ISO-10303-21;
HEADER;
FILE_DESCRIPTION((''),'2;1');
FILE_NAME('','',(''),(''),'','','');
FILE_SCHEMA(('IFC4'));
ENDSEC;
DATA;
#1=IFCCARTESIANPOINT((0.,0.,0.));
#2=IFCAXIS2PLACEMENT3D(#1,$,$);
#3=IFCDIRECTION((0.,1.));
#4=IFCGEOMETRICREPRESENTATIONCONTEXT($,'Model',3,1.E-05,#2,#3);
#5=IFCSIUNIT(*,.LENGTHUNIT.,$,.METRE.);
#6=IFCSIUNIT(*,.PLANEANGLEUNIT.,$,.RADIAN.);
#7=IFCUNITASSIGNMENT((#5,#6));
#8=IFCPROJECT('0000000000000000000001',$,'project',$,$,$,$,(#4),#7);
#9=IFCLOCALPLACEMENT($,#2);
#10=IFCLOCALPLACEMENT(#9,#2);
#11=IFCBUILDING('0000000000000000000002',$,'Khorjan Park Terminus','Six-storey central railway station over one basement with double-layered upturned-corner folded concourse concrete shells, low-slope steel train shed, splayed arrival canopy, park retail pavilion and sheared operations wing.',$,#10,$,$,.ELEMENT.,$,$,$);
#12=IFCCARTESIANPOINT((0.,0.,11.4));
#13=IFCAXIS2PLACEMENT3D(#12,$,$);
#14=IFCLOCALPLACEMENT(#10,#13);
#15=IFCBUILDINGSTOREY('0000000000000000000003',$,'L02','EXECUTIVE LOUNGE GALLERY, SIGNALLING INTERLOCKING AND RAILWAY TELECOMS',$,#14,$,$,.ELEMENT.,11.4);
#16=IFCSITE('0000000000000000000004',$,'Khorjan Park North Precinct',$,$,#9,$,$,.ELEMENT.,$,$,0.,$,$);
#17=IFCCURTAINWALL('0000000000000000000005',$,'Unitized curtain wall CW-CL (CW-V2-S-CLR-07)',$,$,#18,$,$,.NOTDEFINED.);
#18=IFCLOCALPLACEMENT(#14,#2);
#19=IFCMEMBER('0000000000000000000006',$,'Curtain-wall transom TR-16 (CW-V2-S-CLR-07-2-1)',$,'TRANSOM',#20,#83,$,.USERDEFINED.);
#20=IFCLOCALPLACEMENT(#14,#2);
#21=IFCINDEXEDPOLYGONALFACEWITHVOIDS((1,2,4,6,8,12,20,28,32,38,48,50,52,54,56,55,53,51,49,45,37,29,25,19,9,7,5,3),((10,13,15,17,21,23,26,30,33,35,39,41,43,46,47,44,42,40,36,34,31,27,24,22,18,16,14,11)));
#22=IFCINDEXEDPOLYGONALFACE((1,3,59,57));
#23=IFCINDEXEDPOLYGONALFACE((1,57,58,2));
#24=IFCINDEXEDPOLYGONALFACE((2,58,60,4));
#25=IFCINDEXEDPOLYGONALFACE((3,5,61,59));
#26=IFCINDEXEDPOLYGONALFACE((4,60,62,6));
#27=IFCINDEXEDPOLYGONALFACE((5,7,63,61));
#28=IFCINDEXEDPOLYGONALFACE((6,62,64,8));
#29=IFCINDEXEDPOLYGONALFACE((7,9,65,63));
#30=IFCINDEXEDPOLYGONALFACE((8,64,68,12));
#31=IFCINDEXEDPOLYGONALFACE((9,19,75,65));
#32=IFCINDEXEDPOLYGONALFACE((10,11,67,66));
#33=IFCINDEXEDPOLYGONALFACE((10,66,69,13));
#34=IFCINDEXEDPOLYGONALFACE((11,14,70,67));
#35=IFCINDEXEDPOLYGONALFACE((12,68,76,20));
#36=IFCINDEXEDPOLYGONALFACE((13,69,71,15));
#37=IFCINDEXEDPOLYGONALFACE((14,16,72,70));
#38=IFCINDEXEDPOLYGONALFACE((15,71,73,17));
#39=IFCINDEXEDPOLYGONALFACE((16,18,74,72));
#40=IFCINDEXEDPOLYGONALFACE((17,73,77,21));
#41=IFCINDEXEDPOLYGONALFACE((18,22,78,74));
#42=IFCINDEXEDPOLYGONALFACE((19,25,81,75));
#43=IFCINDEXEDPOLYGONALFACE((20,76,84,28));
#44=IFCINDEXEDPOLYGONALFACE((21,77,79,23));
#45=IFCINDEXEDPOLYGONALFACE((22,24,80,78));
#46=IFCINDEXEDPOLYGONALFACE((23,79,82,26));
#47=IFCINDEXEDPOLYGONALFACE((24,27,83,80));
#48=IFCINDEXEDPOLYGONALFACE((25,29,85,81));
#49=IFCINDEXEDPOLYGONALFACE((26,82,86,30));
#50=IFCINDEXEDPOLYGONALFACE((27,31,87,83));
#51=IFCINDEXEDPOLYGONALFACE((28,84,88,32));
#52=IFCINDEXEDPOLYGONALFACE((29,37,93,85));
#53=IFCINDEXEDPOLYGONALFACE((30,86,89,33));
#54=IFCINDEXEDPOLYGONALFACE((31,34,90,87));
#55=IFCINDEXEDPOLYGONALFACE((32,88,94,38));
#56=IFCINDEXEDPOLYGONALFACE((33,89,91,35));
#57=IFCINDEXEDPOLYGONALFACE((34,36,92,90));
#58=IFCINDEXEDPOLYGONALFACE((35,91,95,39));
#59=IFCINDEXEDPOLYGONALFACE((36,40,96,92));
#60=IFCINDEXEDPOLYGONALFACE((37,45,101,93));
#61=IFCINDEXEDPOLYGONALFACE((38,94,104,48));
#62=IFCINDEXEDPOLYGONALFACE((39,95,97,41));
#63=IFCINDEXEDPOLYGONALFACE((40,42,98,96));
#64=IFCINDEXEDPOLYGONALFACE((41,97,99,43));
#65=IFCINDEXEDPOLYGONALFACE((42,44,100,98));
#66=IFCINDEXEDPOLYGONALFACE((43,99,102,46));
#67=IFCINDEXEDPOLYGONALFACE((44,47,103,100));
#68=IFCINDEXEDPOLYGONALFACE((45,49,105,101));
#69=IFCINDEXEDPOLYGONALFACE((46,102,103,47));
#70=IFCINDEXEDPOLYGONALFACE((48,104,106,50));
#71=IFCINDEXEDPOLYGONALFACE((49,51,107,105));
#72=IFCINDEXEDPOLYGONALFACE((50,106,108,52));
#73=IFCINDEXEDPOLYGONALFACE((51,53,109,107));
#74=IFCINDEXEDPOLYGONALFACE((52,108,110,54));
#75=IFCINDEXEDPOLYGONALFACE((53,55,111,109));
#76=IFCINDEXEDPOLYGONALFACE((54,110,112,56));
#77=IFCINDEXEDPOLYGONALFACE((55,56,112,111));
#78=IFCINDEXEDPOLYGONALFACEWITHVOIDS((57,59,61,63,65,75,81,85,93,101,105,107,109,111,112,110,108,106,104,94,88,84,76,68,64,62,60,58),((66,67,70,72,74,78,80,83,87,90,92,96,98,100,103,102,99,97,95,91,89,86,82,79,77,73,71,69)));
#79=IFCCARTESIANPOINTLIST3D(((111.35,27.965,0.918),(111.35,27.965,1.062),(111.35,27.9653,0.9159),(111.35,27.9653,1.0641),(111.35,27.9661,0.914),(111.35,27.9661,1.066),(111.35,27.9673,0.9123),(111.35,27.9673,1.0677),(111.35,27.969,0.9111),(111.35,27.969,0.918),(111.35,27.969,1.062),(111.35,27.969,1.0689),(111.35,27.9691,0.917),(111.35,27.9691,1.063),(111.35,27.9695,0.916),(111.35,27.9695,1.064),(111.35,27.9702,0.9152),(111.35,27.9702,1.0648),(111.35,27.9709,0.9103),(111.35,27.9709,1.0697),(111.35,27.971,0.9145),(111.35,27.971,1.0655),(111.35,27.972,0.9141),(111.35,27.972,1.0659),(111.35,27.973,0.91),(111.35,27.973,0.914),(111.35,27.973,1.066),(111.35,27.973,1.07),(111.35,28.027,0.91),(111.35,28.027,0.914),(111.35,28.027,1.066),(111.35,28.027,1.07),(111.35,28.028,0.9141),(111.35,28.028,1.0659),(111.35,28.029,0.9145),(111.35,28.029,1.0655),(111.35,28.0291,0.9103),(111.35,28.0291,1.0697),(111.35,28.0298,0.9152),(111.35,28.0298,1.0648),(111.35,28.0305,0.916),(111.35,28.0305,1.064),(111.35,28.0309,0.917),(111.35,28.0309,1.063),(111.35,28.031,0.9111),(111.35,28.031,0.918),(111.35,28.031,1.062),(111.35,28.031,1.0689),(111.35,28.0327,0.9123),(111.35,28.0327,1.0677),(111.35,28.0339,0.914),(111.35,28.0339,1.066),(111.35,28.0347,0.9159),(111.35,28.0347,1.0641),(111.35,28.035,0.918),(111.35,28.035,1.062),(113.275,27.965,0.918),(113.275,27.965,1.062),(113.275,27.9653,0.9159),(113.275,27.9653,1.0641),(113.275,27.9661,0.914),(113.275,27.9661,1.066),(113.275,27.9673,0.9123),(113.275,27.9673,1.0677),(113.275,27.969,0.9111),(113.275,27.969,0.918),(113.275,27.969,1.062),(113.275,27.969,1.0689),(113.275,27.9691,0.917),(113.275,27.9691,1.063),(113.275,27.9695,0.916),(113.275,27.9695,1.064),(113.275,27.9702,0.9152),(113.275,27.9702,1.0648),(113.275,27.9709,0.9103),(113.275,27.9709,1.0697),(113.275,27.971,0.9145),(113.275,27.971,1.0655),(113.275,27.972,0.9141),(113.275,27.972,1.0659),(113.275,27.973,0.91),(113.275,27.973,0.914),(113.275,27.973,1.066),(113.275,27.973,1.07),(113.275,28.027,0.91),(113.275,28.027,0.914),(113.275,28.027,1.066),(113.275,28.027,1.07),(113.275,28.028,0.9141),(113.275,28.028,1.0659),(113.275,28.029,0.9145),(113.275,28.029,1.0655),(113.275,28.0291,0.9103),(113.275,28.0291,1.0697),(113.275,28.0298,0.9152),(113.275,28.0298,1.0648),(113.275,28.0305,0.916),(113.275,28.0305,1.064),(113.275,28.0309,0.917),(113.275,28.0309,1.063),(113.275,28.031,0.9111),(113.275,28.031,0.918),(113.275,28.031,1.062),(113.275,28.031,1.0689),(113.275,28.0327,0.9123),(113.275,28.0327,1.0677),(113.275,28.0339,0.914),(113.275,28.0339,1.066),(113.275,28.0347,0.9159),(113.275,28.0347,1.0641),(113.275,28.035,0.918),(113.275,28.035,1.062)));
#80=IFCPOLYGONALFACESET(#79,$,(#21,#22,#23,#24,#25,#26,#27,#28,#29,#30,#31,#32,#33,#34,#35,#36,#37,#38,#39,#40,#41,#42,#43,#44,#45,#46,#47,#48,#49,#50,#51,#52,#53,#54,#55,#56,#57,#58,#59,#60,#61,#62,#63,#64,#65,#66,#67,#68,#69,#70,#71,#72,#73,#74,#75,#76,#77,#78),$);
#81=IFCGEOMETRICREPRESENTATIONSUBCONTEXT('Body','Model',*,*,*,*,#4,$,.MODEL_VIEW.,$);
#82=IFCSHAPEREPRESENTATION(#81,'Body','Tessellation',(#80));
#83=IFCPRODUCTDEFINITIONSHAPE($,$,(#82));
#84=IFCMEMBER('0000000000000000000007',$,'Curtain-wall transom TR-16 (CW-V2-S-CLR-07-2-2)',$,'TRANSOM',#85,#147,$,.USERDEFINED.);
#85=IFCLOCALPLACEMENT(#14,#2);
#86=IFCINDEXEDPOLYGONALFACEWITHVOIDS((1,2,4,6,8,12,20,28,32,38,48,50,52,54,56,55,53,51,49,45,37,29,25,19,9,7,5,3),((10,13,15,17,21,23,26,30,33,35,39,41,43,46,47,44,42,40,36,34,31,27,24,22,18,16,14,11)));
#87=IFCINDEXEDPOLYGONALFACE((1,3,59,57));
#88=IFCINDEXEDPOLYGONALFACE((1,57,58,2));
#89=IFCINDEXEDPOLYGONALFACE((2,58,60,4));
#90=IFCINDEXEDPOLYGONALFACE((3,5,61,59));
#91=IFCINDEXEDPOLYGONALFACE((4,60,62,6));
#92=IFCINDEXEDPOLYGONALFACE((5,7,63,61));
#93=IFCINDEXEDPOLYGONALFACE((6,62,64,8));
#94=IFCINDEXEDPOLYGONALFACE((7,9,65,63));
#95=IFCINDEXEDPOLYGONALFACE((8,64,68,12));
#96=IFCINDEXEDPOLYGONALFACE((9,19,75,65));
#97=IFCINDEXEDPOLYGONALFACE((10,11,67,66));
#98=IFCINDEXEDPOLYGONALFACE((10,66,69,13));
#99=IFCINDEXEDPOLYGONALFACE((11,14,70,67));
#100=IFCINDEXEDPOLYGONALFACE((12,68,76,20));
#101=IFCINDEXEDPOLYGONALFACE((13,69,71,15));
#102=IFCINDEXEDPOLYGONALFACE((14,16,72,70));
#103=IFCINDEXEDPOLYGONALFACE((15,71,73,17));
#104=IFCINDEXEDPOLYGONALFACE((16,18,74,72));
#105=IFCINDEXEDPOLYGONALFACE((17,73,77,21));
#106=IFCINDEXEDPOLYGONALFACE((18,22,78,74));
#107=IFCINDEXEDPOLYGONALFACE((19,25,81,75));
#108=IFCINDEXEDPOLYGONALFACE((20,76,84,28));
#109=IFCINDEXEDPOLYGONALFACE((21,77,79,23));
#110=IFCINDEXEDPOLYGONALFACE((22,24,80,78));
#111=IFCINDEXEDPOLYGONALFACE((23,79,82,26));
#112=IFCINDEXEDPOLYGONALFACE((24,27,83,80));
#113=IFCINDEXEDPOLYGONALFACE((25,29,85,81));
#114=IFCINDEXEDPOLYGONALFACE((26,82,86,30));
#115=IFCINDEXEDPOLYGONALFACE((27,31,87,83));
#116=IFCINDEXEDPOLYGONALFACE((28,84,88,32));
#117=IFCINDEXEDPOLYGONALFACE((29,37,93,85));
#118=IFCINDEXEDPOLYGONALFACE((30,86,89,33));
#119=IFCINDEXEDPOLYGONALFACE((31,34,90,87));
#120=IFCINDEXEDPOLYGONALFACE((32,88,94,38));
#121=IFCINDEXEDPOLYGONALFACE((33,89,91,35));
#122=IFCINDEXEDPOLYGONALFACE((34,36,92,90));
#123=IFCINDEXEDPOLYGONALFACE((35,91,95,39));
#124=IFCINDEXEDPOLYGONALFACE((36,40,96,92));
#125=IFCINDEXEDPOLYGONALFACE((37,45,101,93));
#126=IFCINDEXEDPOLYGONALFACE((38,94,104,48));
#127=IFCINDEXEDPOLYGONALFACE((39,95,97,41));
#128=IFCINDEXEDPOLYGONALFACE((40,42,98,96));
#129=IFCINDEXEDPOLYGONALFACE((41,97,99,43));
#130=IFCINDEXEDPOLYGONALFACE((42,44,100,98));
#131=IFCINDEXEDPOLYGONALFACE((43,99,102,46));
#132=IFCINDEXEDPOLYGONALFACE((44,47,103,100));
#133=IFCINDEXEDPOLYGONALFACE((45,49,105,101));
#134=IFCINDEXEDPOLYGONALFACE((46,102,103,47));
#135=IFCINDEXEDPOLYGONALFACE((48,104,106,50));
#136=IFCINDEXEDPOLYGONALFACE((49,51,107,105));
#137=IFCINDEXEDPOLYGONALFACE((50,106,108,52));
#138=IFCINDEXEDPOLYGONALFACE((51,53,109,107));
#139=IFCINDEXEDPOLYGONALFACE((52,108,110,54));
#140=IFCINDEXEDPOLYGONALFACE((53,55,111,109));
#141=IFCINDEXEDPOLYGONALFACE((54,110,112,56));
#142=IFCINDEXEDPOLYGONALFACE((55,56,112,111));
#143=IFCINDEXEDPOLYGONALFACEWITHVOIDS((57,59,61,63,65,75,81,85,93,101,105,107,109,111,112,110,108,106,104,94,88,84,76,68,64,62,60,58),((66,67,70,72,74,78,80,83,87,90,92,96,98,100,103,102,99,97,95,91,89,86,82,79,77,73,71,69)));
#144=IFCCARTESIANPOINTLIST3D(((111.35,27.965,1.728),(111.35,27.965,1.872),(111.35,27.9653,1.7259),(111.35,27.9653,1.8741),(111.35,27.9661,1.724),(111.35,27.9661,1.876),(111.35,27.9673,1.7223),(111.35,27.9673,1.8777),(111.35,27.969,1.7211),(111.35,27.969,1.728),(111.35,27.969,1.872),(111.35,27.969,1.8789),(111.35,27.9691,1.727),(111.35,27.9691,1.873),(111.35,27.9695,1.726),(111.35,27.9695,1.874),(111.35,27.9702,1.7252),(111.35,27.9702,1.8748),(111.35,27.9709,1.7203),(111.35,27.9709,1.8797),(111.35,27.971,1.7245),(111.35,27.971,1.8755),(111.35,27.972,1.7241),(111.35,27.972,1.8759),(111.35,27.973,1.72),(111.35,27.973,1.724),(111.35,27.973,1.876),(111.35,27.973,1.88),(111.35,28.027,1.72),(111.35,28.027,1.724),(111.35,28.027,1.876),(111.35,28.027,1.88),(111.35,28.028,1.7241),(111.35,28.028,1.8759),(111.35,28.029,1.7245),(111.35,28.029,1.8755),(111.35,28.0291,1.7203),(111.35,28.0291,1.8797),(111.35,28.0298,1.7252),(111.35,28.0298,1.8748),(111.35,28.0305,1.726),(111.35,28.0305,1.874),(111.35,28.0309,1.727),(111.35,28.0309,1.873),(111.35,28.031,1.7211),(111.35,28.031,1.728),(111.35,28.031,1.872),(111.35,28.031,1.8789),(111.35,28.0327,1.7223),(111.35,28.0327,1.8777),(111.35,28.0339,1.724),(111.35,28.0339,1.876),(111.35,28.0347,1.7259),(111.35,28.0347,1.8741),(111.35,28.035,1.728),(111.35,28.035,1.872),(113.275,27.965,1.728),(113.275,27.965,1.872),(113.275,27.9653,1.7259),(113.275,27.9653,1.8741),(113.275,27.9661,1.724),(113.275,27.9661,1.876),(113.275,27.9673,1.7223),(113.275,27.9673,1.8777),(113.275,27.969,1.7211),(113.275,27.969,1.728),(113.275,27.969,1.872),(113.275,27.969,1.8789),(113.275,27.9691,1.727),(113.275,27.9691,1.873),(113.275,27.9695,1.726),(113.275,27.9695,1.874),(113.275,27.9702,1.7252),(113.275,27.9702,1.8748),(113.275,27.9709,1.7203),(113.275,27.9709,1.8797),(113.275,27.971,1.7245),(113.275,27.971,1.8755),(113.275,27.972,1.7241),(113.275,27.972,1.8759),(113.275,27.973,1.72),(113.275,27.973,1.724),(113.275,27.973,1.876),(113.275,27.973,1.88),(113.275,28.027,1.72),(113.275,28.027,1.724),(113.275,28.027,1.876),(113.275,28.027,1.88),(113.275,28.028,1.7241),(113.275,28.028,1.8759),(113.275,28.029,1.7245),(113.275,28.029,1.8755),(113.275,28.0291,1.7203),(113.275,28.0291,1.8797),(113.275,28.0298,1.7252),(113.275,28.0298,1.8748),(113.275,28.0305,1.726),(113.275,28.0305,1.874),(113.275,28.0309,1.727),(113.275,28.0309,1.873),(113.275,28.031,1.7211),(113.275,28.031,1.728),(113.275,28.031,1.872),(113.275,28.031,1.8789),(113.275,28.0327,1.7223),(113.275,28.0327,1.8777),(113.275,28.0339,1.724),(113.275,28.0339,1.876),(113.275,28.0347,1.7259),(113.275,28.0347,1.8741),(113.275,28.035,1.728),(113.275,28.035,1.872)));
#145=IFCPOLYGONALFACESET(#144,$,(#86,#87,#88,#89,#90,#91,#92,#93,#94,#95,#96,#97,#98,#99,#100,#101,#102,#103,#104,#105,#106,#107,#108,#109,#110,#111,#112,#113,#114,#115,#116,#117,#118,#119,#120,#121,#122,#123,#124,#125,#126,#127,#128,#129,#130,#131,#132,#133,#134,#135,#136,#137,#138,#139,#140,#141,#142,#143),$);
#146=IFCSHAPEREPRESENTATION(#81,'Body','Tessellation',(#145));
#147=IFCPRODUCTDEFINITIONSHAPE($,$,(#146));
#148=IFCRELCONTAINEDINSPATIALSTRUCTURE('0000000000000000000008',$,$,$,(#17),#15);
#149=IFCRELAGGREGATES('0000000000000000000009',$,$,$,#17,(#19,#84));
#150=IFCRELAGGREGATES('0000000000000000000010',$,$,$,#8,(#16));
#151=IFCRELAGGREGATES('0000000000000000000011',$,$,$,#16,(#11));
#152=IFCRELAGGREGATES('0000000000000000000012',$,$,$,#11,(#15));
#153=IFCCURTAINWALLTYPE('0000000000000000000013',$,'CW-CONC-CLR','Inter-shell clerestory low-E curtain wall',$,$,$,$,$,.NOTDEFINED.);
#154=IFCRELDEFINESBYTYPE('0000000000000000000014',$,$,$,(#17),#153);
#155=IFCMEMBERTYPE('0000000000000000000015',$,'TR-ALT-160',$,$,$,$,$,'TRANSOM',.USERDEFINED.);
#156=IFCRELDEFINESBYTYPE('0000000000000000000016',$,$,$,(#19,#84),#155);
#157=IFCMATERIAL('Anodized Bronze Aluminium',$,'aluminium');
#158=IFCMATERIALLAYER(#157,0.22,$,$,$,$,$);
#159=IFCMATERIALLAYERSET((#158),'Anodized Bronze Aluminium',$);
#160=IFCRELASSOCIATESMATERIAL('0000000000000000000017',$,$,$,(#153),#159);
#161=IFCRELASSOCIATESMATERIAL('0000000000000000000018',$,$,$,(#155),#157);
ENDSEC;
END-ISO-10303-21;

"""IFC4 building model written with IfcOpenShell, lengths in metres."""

from ifc_helpers import new_model, si_unit, direction, frame, origin, origin_2d, place, context, subcontext, project, spatial, hollow_rectangle, extrude, material, layer, layer_set, material_profile, profile_set, type_object, element, aggregate, save


model = new_model("IFC4")

# Units and contexts
model_context = context("Model", 3, precision=1e-05, world=origin(), true_north=direction((0.0, 1.0)))
body_context = subcontext(model_context, "Body", "Model", "MODEL_VIEW")
ifc_project = project(units=[si_unit("LENGTHUNIT", "METRE"), si_unit("PLANEANGLEUNIT", "RADIAN")], contexts=[model_context])

# Site, building, storey
site_placement = place(None, origin())
site = spatial("IfcSite", under=ifc_project, at=site_placement, Name="Khorjan Park North Precinct", CompositionType="ELEMENT", RefElevation=0.0)
building_placement = place(site_placement, origin())
building = spatial("IfcBuilding", under=site, at=building_placement, Name="Khorjan Park Terminus", Description="Six-storey central railway station over one basement with double-layered upturned-corner folded concourse concrete shells, low-slope steel train shed, splayed arrival canopy, park retail pavilion and sheared operations wing.", CompositionType="ELEMENT")
storey_placement = place(building_placement, frame((0.0, 0.0, 11.4)))
storey = spatial("IfcBuildingStorey", under=building, at=storey_placement, Name="L02", Description="EXECUTIVE LOUNGE GALLERY, SIGNALLING INTERLOCKING AND RAILWAY TELECOMS", CompositionType="ELEMENT", Elevation=11.4)

# Curtain wall, members
ifc_material_1 = material(Name="Anodized Bronze Aluminium", Category="aluminium")
ifc_layer_1 = layer(ifc_material_1, 0.22)
ifc_layer_set_1 = layer_set([ifc_layer_1], Name="Anodized Bronze Aluminium")
curtain_wall_type = type_object("IfcCurtainWallType", Name="CW-CONC-CLR", Description="Inter-shell clerestory low-E curtain wall", PredefinedType="NOTDEFINED", material=ifc_layer_set_1)
curtain_wall_placement = place(storey_placement, origin())
curtain_wall = element("IfcCurtainWall", 1, at=curtain_wall_placement, inside=storey, type_object=curtain_wall_type, Name="Unitized curtain wall CW-CL (CW-V2-S-CLR-07)", PredefinedType="NOTDEFINED")
ifc_material_profile_1 = material_profile(ifc_material_1, hollow_rectangle(XDim=0.07, YDim=0.16, WallThickness=0.004, InnerFilletRadius=0.004, OuterFilletRadius=0.008, at=origin_2d()), Name="ALT 70x160x4")
ifc_profile_set_1 = profile_set([ifc_material_profile_1], Name="Anodized Bronze Aluminium")
member_type_1 = type_object("IfcMemberType", Name="TR-ALT-160", ElementType="TRANSOM", PredefinedType="USERDEFINED", material=ifc_profile_set_1)
member_1_placement = place(storey_placement, frame((111.35, 28.0, 0.99), z_axis=(1.0, 0.0, 0.0), x_axis=(0.0, 1.0, 0.0)))
member_1 = element("IfcMember", 2, at=member_1_placement, type_object=member_type_1, Name="Curtain-wall transom TR-16 (CW-V2-S-CLR-07-2-1)", ObjectType="TRANSOM", PredefinedType="USERDEFINED", context=body_context, shape_type="SweptSolid", body=[
    extrude(hollow_rectangle(XDim=0.07, YDim=0.16, WallThickness=0.004, InnerFilletRadius=0.004, OuterFilletRadius=0.008, at=origin_2d()), origin(), (0.0, 0.0, 1.0), 1.925),
])
member_2_placement = place(storey_placement, frame((111.35, 28.0, 1.8), z_axis=(1.0, 0.0, 0.0), x_axis=(0.0, 1.0, 0.0)))
member_2 = element("IfcMember", 3, at=member_2_placement, type_object=member_type_1, Name="Curtain-wall transom TR-16 (CW-V2-S-CLR-07-2-2)", ObjectType="TRANSOM", PredefinedType="USERDEFINED", context=body_context, shape_type="SweptSolid", body=[
    extrude(hollow_rectangle(XDim=0.07, YDim=0.16, WallThickness=0.004, InnerFilletRadius=0.004, OuterFilletRadius=0.008, at=origin_2d()), origin(), (0.0, 0.0, 1.0), 1.925),
])
aggregate(curtain_wall, [member_1, member_2])

save(model, "model.ifc")
